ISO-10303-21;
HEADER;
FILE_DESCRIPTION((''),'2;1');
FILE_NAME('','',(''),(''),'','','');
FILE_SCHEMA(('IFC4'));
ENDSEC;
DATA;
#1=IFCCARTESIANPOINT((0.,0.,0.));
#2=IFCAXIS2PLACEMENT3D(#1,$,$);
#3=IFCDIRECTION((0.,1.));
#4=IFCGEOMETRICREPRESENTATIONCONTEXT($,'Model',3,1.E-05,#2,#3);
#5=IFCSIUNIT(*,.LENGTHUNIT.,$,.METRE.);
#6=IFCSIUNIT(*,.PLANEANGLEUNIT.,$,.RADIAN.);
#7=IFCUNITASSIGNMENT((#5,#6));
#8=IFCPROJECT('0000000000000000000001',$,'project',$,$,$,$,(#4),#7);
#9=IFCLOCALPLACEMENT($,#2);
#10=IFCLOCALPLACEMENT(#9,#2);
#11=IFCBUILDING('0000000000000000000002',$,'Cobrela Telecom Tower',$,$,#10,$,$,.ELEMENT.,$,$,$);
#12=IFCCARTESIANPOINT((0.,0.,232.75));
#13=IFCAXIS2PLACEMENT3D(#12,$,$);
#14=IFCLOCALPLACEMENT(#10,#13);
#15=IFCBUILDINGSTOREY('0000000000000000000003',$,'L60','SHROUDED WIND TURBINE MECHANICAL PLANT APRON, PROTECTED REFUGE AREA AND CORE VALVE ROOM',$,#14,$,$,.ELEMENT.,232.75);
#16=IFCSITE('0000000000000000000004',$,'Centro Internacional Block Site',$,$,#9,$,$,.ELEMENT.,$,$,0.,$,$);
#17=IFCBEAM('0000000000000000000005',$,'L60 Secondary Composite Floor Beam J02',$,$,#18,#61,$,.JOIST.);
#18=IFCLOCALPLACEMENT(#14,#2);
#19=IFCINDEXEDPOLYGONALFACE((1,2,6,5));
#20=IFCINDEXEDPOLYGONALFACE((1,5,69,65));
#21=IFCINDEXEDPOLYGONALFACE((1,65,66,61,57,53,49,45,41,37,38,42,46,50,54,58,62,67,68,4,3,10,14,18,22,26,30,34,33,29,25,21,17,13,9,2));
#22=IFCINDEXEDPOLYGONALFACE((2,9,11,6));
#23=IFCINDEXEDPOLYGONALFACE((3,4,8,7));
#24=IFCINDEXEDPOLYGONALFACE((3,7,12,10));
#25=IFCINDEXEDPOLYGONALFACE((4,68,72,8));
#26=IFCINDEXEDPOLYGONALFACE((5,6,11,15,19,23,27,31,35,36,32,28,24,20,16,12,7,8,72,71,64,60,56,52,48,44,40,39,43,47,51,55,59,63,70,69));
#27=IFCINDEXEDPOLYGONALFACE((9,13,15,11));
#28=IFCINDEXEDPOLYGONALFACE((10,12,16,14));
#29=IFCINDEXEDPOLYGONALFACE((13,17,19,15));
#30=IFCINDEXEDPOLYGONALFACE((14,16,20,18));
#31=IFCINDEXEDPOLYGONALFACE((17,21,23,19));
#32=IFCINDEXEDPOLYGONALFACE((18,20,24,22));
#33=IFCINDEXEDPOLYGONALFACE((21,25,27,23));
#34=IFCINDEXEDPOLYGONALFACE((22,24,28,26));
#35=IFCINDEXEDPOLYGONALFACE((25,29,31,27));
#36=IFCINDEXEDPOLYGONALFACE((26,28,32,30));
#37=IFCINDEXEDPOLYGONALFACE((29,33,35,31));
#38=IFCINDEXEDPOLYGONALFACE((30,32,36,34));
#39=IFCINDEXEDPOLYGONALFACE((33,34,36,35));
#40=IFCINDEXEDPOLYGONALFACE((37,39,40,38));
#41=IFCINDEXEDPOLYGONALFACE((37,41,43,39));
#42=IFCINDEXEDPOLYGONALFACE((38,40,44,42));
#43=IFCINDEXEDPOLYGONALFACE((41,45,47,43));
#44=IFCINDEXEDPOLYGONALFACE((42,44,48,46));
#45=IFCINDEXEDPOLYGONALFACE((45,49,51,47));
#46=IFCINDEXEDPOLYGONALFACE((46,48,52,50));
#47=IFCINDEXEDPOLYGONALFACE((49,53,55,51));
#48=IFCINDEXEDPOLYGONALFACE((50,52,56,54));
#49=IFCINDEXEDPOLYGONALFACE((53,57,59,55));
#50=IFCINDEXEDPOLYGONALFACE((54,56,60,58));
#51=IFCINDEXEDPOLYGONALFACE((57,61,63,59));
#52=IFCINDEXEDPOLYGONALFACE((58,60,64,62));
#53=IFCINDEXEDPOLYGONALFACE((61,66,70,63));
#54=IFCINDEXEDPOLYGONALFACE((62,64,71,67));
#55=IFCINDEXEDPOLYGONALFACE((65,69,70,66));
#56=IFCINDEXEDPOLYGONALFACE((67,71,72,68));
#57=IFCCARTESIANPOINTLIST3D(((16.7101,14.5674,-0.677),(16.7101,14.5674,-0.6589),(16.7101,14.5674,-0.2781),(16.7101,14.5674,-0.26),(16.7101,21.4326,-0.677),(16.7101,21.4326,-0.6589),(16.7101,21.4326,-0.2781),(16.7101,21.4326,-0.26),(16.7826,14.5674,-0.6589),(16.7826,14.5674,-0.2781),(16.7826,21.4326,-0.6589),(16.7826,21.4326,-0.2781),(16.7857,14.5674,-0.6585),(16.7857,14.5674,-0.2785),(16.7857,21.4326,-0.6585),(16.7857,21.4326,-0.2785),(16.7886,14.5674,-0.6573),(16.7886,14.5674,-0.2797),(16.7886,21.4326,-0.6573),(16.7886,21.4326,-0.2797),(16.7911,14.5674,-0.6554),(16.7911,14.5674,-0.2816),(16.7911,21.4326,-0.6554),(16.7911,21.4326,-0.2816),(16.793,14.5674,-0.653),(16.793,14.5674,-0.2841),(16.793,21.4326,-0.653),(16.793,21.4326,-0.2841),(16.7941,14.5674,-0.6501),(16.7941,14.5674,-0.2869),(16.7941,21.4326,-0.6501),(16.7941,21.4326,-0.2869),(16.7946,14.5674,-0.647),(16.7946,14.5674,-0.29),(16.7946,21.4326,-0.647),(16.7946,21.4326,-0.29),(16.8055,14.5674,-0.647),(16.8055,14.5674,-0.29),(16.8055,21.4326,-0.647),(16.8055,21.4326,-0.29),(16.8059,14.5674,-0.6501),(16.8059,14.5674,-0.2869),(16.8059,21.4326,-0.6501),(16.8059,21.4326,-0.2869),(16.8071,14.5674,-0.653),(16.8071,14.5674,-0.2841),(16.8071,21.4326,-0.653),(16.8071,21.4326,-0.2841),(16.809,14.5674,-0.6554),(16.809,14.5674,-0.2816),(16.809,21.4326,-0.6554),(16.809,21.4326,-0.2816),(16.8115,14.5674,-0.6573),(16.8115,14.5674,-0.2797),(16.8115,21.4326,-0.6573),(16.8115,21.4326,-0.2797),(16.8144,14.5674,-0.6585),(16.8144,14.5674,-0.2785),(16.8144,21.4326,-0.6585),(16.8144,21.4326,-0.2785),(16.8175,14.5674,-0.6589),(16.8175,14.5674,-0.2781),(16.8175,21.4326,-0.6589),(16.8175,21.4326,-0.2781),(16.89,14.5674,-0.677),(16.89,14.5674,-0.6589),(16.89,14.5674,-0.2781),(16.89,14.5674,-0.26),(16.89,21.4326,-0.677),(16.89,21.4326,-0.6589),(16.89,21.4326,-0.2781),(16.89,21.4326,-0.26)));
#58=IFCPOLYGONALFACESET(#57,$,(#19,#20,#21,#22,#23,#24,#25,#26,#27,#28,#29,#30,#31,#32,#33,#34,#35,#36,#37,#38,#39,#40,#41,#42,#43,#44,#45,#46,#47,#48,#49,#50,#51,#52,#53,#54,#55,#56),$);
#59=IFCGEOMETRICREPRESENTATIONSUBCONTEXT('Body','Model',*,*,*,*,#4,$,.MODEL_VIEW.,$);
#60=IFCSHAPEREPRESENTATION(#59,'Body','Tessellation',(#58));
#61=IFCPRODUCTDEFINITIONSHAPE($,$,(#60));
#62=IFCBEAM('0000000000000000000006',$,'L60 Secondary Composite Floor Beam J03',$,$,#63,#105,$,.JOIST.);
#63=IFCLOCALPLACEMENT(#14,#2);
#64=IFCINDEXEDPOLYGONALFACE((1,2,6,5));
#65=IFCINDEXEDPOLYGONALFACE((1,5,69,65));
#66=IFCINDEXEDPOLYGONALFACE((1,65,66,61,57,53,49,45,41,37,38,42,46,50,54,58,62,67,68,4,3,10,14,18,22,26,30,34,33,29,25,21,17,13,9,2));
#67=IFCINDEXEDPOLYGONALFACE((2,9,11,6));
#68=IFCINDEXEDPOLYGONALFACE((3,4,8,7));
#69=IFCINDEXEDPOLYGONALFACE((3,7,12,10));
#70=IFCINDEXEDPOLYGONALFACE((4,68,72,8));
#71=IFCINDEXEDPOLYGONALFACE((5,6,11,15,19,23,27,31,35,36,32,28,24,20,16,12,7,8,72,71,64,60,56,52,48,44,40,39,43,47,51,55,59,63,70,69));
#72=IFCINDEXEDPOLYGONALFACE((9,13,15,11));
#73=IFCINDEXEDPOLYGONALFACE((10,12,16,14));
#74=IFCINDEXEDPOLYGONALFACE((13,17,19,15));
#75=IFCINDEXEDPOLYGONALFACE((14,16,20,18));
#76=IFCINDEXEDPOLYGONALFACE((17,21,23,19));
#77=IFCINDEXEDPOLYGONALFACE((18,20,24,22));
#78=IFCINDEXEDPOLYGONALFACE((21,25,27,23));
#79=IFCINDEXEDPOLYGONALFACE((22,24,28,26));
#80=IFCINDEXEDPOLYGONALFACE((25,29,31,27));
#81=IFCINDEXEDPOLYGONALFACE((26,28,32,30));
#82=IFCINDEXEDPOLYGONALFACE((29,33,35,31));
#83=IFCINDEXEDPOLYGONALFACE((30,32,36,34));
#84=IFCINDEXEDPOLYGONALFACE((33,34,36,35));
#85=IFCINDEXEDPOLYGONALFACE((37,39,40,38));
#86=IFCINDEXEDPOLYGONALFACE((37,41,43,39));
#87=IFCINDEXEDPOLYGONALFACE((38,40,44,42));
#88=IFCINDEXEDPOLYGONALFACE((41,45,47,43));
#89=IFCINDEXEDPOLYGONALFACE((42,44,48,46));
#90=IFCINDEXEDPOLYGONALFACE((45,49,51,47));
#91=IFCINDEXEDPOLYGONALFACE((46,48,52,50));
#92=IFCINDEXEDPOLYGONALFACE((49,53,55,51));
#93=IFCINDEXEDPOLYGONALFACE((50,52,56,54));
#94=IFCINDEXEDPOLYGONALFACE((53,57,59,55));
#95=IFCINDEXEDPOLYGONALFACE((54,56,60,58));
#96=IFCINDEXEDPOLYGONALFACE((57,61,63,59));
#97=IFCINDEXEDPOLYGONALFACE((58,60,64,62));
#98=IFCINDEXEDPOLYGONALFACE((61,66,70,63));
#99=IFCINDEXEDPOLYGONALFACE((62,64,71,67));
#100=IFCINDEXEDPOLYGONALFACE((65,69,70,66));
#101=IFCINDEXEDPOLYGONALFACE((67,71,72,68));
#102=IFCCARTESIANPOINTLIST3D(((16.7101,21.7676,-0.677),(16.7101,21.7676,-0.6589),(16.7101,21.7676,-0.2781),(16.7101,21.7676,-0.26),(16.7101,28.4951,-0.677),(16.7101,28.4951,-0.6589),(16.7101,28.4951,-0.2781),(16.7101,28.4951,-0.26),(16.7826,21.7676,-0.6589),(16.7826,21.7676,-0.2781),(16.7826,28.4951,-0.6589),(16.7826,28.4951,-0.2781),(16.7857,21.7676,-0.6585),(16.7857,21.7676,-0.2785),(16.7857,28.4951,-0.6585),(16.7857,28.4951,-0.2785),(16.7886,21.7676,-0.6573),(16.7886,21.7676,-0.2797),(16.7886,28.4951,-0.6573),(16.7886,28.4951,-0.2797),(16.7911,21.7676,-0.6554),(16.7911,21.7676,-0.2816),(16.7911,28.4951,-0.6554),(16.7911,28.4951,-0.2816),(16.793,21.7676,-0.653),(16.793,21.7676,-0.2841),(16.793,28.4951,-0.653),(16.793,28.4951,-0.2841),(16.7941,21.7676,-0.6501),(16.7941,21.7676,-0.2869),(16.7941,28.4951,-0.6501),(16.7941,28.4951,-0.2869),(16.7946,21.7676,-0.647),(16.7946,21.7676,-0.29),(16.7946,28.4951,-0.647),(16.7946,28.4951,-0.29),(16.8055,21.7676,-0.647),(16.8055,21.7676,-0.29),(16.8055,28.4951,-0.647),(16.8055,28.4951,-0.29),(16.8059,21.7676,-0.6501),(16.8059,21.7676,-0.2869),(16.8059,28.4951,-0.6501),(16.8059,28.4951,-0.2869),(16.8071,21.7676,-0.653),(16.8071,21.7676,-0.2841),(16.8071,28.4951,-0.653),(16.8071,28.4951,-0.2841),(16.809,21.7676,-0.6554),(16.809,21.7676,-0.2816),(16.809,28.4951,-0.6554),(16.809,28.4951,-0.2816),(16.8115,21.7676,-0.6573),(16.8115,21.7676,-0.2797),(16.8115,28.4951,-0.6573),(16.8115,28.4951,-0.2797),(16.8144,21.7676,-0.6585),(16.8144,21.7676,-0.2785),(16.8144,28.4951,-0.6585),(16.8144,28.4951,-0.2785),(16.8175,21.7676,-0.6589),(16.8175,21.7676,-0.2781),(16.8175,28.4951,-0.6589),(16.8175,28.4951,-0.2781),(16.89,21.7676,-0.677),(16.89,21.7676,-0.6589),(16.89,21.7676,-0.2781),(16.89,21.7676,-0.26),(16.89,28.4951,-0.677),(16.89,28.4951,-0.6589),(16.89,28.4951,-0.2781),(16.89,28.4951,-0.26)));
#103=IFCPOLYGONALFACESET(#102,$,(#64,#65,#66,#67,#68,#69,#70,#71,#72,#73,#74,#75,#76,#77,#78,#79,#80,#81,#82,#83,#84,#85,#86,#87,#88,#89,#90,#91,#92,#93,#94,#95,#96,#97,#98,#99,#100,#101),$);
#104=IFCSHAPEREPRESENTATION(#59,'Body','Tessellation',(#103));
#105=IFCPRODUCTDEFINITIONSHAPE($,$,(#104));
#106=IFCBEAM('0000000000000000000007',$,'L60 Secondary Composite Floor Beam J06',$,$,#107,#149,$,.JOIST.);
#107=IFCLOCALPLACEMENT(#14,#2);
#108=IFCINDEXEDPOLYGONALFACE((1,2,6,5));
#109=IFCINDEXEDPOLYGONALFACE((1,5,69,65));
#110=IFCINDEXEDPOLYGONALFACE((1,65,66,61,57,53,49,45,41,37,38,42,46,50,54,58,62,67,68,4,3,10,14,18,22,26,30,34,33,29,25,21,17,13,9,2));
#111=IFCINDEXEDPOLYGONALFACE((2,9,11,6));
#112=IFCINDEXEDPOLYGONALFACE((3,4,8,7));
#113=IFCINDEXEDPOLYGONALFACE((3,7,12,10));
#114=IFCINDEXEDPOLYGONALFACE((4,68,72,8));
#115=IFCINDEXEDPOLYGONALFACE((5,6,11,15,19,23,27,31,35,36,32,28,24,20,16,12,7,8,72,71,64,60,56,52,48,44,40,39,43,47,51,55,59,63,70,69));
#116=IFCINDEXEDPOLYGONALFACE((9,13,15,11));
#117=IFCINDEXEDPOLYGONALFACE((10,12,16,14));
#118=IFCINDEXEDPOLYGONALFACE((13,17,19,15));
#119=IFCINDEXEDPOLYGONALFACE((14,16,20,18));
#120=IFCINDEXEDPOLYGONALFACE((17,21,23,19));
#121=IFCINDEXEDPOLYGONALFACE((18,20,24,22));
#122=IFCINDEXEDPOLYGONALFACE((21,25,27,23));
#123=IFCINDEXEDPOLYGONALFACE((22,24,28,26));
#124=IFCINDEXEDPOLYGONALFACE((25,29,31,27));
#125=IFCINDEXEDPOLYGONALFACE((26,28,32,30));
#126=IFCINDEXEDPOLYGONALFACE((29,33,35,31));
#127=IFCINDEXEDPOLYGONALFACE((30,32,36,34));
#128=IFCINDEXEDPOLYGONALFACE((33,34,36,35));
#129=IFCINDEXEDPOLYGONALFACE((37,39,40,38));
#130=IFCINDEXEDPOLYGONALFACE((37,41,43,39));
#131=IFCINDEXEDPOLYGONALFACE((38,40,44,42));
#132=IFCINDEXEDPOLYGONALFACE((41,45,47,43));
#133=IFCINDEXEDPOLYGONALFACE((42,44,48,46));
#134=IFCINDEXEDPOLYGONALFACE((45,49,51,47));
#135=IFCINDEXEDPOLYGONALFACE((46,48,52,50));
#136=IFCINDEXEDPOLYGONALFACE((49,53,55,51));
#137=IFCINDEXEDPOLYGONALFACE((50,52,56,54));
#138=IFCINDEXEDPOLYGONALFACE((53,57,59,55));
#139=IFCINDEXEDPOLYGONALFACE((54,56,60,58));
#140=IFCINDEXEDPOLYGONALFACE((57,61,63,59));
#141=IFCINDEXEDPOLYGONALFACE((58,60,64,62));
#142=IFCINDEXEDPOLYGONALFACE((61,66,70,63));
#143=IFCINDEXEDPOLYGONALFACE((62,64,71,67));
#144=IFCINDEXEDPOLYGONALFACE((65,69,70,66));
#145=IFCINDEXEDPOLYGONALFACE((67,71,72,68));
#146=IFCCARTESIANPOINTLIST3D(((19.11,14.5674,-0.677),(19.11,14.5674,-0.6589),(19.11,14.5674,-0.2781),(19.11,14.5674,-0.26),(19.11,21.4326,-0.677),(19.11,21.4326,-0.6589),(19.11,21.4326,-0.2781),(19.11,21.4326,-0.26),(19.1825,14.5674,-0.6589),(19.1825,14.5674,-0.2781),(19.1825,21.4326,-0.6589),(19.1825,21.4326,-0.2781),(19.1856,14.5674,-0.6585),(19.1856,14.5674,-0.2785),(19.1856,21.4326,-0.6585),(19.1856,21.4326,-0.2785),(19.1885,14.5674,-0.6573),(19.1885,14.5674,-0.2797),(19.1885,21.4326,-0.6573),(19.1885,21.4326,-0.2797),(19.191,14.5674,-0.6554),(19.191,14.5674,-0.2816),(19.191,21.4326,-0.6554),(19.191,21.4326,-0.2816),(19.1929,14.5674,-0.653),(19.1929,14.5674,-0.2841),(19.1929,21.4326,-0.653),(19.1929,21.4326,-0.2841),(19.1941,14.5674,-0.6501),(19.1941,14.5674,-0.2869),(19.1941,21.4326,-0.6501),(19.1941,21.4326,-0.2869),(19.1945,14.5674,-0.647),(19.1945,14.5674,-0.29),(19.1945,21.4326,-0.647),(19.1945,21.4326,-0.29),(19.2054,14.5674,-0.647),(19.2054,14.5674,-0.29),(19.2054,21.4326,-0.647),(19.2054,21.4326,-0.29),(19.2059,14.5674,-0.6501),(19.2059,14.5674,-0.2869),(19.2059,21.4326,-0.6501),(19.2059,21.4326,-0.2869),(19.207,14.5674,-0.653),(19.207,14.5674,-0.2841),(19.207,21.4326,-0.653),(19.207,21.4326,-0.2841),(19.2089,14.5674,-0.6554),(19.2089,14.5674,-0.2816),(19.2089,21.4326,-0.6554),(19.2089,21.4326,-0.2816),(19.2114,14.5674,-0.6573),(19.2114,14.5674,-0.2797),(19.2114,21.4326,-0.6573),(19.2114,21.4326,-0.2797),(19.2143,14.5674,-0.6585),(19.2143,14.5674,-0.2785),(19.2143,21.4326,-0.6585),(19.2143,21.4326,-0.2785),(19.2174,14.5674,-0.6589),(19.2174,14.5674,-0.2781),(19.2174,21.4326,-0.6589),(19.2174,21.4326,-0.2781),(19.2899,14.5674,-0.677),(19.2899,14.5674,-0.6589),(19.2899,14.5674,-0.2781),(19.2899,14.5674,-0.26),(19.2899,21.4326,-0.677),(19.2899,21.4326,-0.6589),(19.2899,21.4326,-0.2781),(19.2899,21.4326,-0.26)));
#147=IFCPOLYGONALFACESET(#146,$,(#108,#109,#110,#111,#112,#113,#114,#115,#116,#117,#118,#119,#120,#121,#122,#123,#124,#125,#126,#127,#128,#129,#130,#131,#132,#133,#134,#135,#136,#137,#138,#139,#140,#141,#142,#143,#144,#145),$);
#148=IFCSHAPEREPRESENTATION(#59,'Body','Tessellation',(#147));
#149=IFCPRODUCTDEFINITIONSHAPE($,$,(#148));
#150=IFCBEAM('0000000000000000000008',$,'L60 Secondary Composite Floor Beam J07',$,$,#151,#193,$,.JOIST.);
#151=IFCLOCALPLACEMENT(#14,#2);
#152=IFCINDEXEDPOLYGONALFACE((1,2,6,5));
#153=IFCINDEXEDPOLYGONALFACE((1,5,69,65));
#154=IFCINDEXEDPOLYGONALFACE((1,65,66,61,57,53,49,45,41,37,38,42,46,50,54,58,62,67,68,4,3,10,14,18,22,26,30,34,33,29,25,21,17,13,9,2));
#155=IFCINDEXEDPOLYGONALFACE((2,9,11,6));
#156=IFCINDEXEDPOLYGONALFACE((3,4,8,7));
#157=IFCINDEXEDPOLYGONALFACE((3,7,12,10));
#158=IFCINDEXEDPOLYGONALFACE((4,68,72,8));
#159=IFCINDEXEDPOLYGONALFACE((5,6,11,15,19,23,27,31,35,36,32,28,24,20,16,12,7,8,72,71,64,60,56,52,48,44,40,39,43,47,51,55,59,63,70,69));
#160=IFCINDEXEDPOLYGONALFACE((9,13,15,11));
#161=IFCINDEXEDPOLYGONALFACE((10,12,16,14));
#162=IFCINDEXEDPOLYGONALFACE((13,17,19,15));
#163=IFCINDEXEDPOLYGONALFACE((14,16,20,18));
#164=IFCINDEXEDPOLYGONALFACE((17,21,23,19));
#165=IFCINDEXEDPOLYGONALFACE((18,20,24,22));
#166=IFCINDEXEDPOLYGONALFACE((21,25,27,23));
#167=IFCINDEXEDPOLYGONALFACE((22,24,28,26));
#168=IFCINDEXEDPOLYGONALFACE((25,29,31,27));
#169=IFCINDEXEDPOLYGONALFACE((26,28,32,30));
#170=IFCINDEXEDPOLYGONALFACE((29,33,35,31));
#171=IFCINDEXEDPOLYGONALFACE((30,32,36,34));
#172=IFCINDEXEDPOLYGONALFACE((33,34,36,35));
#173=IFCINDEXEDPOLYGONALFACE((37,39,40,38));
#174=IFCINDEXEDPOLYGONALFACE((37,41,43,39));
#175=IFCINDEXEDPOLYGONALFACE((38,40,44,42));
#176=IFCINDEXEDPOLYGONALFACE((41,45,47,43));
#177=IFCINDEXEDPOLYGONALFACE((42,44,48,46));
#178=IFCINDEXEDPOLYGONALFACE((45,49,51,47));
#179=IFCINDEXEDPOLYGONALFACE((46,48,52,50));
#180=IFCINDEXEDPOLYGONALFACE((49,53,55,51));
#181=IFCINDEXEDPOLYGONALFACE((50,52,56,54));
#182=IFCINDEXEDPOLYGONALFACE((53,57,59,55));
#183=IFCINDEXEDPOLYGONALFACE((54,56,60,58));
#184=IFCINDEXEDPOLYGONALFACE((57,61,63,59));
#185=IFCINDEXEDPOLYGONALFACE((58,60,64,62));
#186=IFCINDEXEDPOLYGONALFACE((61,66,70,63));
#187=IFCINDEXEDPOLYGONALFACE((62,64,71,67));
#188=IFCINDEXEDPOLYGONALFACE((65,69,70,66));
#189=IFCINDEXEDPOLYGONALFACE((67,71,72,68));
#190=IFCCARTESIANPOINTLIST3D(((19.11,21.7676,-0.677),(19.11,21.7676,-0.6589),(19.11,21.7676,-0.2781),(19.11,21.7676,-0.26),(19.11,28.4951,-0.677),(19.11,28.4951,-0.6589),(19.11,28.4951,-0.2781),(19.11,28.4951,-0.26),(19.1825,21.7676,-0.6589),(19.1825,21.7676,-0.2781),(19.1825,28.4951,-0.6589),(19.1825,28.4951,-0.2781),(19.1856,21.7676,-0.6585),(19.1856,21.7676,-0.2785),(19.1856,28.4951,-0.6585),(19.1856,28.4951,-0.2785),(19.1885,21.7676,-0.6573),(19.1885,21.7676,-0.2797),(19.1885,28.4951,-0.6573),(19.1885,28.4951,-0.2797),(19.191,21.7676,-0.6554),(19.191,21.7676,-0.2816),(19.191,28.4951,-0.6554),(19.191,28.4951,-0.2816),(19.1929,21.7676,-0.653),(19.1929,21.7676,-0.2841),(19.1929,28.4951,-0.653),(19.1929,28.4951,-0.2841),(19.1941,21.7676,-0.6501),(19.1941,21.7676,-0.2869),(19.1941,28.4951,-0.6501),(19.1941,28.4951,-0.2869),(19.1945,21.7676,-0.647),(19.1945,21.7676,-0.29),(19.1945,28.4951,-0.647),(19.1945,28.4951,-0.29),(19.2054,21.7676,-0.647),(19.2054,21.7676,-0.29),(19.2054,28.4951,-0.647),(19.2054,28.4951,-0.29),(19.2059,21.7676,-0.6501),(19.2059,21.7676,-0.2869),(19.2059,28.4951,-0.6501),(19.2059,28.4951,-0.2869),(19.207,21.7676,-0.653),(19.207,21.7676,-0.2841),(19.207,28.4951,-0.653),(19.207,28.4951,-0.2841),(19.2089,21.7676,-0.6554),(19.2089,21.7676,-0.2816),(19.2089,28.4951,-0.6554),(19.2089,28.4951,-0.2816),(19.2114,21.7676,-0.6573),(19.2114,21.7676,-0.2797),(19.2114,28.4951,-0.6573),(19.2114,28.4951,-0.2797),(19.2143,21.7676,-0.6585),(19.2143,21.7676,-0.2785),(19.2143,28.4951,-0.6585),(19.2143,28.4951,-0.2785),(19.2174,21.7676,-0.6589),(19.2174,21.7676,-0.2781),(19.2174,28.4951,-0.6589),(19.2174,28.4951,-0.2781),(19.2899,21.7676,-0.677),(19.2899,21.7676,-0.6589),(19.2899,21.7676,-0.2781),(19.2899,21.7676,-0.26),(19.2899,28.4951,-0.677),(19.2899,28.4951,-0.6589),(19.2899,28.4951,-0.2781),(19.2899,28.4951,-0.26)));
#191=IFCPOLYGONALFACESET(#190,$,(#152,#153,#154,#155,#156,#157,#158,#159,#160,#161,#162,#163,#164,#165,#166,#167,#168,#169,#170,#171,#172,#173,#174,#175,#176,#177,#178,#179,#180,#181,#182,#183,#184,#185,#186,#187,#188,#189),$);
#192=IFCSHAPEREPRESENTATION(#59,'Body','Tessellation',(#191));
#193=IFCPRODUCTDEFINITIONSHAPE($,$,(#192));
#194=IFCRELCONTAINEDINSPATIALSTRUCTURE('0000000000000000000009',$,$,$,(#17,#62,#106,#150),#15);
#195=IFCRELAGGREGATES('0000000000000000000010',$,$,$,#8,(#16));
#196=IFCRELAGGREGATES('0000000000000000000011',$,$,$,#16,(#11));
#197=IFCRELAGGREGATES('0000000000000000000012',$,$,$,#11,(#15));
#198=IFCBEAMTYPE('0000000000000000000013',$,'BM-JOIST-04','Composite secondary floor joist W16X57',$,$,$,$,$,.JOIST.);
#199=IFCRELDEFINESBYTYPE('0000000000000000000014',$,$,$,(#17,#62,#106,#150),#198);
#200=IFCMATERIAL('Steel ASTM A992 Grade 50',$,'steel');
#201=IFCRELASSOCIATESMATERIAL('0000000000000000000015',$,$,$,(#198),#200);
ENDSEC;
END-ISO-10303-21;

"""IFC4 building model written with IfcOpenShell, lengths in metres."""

from ifc_helpers import new_model, si_unit, direction, frame, origin, origin_2d, place, context, subcontext, project, spatial, i_section, extrude, material, material_profile, profile_set, type_object, element, save


model = new_model("IFC4")

# Units and contexts
model_context = context("Model", 3, precision=1e-05, world=origin(), true_north=direction((0.0, 1.0)))
body_context = subcontext(model_context, "Body", "Model", "MODEL_VIEW")
ifc_project = project(units=[si_unit("LENGTHUNIT", "METRE"), si_unit("PLANEANGLEUNIT", "RADIAN")], contexts=[model_context])

# Site, building, storey
site_placement = place(None, origin())
site = spatial("IfcSite", under=ifc_project, at=site_placement, Name="Centro Internacional Block Site", CompositionType="ELEMENT", RefElevation=0.0)
building_placement = place(site_placement, origin())
building = spatial("IfcBuilding", under=site, at=building_placement, Name="Cobrela Telecom Tower", CompositionType="ELEMENT")
storey_placement = place(building_placement, frame((0.0, 0.0, 232.75)))
storey = spatial("IfcBuildingStorey", under=building, at=storey_placement, Name="L60", Description="SHROUDED WIND TURBINE MECHANICAL PLANT APRON, PROTECTED REFUGE AREA AND CORE VALVE ROOM", CompositionType="ELEMENT", Elevation=232.75)

# Beams
ifc_material_1 = material(Name="Steel ASTM A992 Grade 50", Category="steel")
ifc_material_profile_1 = material_profile(ifc_material_1, i_section(OverallWidth=0.1799, OverallDepth=0.417, WebThickness=0.011, FlangeThickness=0.0181, FilletRadius=0.012, at=origin_2d()), Name="W16X57")
ifc_profile_set_1 = profile_set([ifc_material_profile_1], Name="Steel ASTM A992 Grade 50")
beam_type_1 = type_object("IfcBeamType", Name="BM-JOIST-04", Description="Composite secondary floor joist W16X57", PredefinedType="JOIST", material=ifc_profile_set_1)
beam_1_placement = place(storey_placement, frame((16.8, 14.5674, -0.4685), z_axis=(0.0, 1.0, 0.0), x_axis=(-1.0, 0.0, 0.0)))
element("IfcBeam", 1, at=beam_1_placement, inside=storey, type_object=beam_type_1, Name="L60 Secondary Composite Floor Beam J02", PredefinedType="JOIST", context=body_context, shape_type="SweptSolid", body=[
    extrude(i_section(OverallWidth=0.1799, OverallDepth=0.417, WebThickness=0.011, FlangeThickness=0.0181, FilletRadius=0.012, at=origin_2d()), origin(), (0.0, 0.0, 1.0), 6.8652),
])
beam_2_placement = place(storey_placement, frame((16.8, 21.7676, -0.4685), z_axis=(0.0, 1.0, 0.0), x_axis=(-1.0, 0.0, 0.0)))
element("IfcBeam", 2, at=beam_2_placement, inside=storey, type_object=beam_type_1, Name="L60 Secondary Composite Floor Beam J03", PredefinedType="JOIST", context=body_context, shape_type="SweptSolid", body=[
    extrude(i_section(OverallWidth=0.1799, OverallDepth=0.417, WebThickness=0.011, FlangeThickness=0.0181, FilletRadius=0.012, at=origin_2d()), origin(), (0.0, 0.0, 1.0), 6.7275),
])
beam_3_placement = place(storey_placement, frame((19.2, 14.5674, -0.4685), z_axis=(0.0, 1.0, 0.0), x_axis=(-1.0, 0.0, 0.0)))
element("IfcBeam", 3, at=beam_3_placement, inside=storey, type_object=beam_type_1, Name="L60 Secondary Composite Floor Beam J06", PredefinedType="JOIST", context=body_context, shape_type="SweptSolid", body=[
    extrude(i_section(OverallWidth=0.1799, OverallDepth=0.417, WebThickness=0.011, FlangeThickness=0.0181, FilletRadius=0.012, at=origin_2d()), origin(), (0.0, 0.0, 1.0), 6.8652),
])
beam_4_placement = place(storey_placement, frame((19.2, 21.7676, -0.4685), z_axis=(0.0, 1.0, 0.0), x_axis=(-1.0, 0.0, 0.0)))
element("IfcBeam", 4, at=beam_4_placement, inside=storey, type_object=beam_type_1, Name="L60 Secondary Composite Floor Beam J07", PredefinedType="JOIST", context=body_context, shape_type="SweptSolid", body=[
    extrude(i_section(OverallWidth=0.1799, OverallDepth=0.417, WebThickness=0.011, FlangeThickness=0.0181, FilletRadius=0.012, at=origin_2d()), origin(), (0.0, 0.0, 1.0), 6.7275),
])

save(model, "model.ifc")
